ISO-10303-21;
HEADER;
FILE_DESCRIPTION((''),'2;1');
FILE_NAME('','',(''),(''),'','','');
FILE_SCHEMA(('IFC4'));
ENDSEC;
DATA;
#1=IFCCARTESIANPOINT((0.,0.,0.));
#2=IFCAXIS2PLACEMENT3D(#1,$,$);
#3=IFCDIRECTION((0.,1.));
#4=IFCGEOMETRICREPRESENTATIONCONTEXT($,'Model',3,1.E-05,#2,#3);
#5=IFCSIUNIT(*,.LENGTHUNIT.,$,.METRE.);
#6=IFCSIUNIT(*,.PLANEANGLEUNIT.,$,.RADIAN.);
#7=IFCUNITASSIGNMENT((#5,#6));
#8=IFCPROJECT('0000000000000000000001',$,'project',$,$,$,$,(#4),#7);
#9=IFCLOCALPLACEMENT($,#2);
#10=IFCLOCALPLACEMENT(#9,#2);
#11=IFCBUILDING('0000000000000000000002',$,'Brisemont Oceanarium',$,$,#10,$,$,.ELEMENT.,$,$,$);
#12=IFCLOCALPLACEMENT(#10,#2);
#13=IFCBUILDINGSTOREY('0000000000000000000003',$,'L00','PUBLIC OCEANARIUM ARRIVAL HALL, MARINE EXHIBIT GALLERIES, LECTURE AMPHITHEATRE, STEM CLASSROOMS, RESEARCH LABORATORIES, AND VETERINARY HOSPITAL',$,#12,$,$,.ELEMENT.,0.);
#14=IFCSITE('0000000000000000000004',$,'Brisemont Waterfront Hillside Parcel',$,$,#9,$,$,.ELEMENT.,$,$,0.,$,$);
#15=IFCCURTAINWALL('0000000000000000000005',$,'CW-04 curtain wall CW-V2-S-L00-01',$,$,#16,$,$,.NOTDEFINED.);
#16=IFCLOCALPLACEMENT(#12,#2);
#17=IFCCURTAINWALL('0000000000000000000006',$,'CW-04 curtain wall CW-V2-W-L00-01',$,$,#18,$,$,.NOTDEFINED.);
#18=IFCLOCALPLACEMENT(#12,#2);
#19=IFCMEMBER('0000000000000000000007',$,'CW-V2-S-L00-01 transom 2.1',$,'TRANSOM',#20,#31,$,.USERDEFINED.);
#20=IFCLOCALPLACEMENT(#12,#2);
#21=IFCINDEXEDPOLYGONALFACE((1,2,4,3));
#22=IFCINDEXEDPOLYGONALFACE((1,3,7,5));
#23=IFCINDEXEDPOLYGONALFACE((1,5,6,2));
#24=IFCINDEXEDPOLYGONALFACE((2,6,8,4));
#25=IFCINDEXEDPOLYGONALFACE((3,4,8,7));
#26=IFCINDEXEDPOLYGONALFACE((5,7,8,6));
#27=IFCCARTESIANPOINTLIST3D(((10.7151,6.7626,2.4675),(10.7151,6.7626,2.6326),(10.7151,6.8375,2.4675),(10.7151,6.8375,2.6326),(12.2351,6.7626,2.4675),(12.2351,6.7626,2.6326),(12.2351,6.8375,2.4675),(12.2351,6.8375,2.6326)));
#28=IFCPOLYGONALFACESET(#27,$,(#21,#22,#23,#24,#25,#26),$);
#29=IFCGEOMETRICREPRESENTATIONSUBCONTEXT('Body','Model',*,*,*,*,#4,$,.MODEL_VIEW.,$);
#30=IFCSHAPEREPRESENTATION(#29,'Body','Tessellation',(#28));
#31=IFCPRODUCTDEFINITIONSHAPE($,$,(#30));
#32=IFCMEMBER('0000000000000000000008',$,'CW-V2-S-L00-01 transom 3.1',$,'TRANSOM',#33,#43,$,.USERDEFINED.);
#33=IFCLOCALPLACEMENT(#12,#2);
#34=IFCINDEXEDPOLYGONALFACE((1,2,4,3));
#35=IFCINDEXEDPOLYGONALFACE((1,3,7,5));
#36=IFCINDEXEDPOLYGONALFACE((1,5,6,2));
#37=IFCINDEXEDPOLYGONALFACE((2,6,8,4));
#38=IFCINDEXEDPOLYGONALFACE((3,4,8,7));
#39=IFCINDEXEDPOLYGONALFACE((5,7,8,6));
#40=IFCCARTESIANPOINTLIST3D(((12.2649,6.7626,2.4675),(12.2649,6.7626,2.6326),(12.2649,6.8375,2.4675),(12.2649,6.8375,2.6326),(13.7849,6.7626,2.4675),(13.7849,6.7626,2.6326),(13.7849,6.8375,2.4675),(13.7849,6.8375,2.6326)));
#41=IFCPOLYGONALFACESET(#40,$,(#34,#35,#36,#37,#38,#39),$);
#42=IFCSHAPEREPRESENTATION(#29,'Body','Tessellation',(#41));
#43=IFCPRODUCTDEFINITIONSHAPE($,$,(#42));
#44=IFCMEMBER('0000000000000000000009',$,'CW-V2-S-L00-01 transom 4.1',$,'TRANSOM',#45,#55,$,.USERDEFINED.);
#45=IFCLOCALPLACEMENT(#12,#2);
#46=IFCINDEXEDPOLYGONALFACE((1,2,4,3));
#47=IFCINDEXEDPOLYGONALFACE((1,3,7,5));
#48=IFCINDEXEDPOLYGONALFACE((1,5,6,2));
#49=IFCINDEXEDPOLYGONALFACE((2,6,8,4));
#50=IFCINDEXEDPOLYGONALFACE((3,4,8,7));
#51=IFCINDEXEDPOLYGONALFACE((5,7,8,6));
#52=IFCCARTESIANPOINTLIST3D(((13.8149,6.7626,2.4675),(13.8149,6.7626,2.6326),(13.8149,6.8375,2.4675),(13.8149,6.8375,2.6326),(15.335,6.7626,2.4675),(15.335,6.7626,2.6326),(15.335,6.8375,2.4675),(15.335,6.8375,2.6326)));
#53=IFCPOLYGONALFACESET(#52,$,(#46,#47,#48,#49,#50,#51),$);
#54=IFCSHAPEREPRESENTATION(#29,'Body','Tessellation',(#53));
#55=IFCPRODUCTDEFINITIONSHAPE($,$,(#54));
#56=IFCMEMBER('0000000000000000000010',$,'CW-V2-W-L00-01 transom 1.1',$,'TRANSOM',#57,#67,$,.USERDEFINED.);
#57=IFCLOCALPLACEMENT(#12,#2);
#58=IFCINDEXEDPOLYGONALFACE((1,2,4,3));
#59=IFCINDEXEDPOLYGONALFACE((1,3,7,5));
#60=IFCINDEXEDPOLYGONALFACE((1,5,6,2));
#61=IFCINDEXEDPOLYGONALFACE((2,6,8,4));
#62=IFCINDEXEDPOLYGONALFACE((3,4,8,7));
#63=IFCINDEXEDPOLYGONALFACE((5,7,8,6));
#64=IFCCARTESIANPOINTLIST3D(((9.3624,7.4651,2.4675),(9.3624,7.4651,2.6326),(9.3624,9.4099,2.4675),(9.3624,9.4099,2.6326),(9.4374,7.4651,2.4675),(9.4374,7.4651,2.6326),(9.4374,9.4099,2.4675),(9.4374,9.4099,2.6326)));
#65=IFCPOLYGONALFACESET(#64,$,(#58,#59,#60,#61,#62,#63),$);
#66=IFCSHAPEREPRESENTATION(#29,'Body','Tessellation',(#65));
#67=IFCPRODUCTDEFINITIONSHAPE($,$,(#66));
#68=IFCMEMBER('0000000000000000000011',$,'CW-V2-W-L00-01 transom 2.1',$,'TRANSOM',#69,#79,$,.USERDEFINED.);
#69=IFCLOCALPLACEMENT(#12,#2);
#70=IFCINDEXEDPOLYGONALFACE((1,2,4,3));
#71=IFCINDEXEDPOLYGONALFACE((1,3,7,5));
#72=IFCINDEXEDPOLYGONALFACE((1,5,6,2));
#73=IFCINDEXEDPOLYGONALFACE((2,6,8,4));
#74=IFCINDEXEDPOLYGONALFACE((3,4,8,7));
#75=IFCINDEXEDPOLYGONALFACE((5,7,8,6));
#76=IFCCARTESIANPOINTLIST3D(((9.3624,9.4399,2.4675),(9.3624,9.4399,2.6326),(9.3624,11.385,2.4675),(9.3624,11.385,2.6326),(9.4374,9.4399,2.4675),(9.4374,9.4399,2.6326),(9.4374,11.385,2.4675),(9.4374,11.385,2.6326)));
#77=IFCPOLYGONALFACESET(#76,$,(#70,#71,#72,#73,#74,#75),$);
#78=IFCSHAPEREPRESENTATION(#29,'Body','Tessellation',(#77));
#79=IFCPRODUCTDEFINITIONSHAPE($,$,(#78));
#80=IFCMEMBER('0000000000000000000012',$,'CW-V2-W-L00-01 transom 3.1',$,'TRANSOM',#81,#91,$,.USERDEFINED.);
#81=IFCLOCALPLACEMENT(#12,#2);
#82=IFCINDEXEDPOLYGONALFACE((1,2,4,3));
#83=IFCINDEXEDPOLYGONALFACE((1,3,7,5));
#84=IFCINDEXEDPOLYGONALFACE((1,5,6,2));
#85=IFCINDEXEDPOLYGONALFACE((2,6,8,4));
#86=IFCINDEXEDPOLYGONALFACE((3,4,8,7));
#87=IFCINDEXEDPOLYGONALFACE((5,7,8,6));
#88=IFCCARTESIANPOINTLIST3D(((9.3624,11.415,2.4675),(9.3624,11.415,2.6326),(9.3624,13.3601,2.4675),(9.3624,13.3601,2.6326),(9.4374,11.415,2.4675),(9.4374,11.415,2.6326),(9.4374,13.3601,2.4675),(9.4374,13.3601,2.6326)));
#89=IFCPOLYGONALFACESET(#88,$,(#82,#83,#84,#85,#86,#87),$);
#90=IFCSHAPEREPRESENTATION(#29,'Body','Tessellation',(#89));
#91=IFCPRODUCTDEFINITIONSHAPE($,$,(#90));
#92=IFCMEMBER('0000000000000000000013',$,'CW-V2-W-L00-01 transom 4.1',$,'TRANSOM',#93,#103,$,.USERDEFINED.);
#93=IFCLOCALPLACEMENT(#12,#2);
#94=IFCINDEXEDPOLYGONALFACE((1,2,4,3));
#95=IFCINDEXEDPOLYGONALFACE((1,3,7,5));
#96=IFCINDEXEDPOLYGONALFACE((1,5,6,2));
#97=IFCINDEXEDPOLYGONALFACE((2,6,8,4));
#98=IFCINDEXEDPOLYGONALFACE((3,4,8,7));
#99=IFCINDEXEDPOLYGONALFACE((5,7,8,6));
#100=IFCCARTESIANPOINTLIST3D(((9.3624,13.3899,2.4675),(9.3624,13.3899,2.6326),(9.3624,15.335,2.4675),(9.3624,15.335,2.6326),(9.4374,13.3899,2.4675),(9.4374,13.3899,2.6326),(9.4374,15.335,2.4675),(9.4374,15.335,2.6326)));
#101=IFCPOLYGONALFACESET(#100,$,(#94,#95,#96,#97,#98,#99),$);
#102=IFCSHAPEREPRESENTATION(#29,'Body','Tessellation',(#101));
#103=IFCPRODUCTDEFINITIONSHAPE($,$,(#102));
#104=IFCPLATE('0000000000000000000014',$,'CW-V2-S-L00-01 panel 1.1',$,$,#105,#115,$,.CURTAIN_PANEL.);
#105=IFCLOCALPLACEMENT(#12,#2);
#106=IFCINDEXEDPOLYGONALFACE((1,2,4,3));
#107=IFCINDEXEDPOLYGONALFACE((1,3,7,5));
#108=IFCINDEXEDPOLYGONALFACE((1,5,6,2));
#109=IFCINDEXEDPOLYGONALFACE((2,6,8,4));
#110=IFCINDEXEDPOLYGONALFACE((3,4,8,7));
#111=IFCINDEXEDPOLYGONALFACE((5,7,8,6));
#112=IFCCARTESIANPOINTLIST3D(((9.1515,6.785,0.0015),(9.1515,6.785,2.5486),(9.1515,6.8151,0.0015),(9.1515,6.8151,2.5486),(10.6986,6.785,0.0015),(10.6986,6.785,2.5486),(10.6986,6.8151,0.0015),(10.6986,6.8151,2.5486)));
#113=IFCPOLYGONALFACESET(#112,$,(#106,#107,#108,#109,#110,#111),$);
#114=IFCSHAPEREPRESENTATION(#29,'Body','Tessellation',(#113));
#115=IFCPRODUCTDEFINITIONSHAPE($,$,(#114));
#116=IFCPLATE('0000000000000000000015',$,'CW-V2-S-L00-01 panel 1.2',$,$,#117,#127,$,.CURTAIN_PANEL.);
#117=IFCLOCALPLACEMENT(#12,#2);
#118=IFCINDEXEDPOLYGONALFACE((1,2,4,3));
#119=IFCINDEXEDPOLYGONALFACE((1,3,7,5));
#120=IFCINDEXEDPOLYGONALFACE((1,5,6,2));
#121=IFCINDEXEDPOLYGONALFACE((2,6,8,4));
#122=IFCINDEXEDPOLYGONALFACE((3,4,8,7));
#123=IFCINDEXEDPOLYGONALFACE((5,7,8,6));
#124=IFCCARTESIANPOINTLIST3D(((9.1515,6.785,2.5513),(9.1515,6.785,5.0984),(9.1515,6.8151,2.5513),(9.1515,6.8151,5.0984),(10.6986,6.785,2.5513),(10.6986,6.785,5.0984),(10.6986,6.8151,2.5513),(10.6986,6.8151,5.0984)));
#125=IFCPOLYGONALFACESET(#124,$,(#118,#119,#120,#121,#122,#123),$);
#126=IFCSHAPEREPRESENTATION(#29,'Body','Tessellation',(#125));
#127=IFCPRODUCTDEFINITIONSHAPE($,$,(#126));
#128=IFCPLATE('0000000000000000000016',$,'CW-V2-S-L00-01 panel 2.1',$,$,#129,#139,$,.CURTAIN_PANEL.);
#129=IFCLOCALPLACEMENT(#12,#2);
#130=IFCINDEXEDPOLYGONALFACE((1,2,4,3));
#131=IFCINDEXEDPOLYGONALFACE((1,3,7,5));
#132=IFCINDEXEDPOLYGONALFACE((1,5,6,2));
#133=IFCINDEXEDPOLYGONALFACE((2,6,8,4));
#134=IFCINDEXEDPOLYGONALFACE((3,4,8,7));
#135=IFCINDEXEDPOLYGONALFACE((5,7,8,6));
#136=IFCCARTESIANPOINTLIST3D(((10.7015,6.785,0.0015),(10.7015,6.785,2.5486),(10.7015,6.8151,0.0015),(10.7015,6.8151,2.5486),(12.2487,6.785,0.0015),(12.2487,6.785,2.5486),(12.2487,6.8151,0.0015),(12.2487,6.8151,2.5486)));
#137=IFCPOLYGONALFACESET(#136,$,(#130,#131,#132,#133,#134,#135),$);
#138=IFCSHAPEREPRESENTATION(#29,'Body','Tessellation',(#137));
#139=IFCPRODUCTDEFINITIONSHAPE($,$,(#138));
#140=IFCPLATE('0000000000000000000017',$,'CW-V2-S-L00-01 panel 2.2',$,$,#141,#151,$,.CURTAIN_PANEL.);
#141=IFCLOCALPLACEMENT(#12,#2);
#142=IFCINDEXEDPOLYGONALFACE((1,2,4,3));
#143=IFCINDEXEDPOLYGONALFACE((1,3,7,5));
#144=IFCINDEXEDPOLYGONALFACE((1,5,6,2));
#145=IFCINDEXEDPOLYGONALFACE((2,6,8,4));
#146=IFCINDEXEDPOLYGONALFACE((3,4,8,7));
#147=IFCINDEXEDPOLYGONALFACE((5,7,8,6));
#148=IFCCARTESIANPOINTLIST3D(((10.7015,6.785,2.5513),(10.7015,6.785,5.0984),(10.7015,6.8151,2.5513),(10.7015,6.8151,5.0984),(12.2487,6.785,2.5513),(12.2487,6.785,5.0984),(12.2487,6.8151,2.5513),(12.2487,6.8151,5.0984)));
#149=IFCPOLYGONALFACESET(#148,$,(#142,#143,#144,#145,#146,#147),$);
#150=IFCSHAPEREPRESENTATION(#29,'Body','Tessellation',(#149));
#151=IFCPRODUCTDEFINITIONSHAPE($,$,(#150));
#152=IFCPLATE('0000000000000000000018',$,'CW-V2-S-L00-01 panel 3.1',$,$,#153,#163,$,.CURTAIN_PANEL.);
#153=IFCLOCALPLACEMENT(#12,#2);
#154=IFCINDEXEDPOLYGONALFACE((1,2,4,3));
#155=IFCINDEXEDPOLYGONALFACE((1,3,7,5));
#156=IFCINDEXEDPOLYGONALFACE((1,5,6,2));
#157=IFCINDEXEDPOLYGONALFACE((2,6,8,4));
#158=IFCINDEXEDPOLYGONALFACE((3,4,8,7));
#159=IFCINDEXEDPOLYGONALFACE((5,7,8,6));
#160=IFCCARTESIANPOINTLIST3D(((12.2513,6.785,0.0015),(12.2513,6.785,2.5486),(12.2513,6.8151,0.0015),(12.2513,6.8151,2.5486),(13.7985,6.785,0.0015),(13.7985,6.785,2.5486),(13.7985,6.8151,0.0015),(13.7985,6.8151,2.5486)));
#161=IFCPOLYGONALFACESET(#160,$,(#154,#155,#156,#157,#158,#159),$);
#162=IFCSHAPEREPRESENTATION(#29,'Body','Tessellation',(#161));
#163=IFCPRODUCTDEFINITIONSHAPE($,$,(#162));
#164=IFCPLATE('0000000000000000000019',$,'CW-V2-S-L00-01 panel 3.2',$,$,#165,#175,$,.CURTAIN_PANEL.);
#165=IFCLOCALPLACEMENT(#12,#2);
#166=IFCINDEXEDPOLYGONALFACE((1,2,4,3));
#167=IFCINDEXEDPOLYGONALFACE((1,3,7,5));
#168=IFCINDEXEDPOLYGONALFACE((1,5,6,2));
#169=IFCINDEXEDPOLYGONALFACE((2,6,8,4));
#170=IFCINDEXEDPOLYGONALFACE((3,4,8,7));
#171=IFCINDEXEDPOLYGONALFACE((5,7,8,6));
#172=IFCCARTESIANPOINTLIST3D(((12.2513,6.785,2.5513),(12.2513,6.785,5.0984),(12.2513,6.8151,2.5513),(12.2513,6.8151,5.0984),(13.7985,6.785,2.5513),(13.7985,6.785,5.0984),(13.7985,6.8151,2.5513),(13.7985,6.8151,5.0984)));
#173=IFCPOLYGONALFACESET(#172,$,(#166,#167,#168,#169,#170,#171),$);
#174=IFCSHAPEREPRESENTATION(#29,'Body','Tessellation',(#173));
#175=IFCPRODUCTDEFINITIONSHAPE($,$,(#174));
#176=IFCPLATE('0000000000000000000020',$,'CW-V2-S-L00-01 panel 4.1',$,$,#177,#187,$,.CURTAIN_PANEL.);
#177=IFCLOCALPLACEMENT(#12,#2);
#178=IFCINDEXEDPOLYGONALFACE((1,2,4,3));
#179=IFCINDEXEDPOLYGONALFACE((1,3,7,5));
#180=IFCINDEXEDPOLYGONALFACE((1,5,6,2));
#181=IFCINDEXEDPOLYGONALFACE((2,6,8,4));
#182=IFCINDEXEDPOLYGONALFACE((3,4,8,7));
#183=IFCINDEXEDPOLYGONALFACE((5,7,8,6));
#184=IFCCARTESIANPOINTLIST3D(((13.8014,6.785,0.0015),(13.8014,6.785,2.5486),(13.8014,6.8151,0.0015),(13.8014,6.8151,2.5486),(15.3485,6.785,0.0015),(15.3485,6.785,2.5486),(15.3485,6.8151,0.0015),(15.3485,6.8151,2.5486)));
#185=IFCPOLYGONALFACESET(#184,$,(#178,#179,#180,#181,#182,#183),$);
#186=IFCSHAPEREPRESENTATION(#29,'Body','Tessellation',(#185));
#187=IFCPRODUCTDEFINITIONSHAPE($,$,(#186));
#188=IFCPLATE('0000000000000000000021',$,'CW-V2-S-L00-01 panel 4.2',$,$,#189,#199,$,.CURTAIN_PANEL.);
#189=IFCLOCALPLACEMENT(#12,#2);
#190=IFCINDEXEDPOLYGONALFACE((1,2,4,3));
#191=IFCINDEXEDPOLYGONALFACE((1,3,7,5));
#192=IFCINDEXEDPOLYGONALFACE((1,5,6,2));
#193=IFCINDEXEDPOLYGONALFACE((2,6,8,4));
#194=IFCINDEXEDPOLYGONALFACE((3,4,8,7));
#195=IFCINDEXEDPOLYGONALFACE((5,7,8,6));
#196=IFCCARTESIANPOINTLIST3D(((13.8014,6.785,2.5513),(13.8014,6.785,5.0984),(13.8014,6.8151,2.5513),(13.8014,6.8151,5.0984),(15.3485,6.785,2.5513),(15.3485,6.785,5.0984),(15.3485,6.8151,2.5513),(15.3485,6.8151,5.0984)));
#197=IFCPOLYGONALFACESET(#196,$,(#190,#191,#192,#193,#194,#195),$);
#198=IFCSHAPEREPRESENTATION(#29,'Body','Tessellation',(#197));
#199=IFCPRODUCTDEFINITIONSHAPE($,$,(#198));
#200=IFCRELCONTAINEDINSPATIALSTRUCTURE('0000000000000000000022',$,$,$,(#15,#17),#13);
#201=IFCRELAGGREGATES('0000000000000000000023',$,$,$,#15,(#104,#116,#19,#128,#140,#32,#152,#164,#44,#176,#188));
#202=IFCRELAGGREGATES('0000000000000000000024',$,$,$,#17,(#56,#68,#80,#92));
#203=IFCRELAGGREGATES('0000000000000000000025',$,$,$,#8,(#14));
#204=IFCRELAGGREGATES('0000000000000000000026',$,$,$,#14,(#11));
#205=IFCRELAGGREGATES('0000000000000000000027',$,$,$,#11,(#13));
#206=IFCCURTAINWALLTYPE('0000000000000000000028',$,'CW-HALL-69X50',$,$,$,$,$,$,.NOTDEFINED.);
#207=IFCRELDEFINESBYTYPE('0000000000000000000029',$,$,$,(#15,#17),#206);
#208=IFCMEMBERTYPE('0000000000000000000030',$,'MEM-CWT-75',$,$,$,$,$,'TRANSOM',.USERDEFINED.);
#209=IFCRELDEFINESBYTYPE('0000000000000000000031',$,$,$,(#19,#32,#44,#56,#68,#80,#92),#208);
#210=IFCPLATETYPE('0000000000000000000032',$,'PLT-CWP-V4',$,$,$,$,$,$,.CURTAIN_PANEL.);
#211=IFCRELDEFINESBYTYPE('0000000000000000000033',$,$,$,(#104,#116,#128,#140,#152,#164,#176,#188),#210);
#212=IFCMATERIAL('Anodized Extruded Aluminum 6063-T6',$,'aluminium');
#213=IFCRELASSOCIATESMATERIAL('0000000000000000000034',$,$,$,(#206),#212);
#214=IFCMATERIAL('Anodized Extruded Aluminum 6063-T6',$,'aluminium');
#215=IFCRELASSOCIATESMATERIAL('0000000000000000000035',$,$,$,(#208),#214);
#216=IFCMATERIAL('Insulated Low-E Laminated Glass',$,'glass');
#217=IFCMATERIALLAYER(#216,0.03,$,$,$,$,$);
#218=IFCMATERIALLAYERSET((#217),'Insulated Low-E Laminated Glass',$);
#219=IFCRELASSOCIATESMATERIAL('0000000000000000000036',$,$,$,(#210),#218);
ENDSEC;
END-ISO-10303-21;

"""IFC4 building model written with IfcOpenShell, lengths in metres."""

from ifc_helpers import new_model, si_unit, direction, frame, origin, origin_2d, place, context, subcontext, project, spatial, rectangle, extrude, material, layer, layer_set, material_profile, profile_set, type_object, element, aggregate, save


model = new_model("IFC4")

# Units and contexts
model_context = context("Model", 3, precision=1e-05, world=origin(), true_north=direction((0.0, 1.0)))
body_context = subcontext(model_context, "Body", "Model", "MODEL_VIEW")
ifc_project = project(units=[si_unit("LENGTHUNIT", "METRE"), si_unit("PLANEANGLEUNIT", "RADIAN")], contexts=[model_context])

# Site, building, storey
site_placement = place(None, origin())
site = spatial("IfcSite", under=ifc_project, at=site_placement, Name="Brisemont Waterfront Hillside Parcel", CompositionType="ELEMENT", RefElevation=0.0)
building_placement = place(site_placement, origin())
building = spatial("IfcBuilding", under=site, at=building_placement, Name="Brisemont Oceanarium", CompositionType="ELEMENT")
storey_placement = place(building_placement, origin())
storey = spatial("IfcBuildingStorey", under=building, at=storey_placement, Name="L00", Description="PUBLIC OCEANARIUM ARRIVAL HALL, MARINE EXHIBIT GALLERIES, LECTURE AMPHITHEATRE, STEM CLASSROOMS, RESEARCH LABORATORIES, AND VETERINARY HOSPITAL", CompositionType="ELEMENT", Elevation=0.0)

# Curtain walls
ifc_material_1 = material(Name="Anodized Extruded Aluminum 6063-T6", Category="aluminium")
curtain_wall_type = type_object("IfcCurtainWallType", Name="CW-HALL-69X50", PredefinedType="NOTDEFINED", material=ifc_material_1)
curtain_wall_1_placement = place(storey_placement, origin())
curtain_wall_1 = element("IfcCurtainWall", 1, at=curtain_wall_1_placement, inside=storey, type_object=curtain_wall_type, Name="CW-04 curtain wall CW-V2-S-L00-01", PredefinedType="NOTDEFINED")
curtain_wall_2_placement = place(storey_placement, origin())
curtain_wall_2 = element("IfcCurtainWall", 2, at=curtain_wall_2_placement, inside=storey, type_object=curtain_wall_type, Name="CW-04 curtain wall CW-V2-W-L00-01", PredefinedType="NOTDEFINED")

# Members
ifc_material_2 = material(Name="Anodized Extruded Aluminum 6063-T6", Category="aluminium")
ifc_material_profile_1 = material_profile(ifc_material_2, rectangle(XDim=0.075, YDim=0.165, at=origin_2d()), Name="CWT-75X165")
ifc_profile_set_1 = profile_set([ifc_material_profile_1], Name="Anodized Extruded Aluminum 6063-T6")
member_type_1 = type_object("IfcMemberType", Name="MEM-CWT-75", ElementType="TRANSOM", PredefinedType="USERDEFINED", material=ifc_profile_set_1)
member_1_placement = place(storey_placement, frame((10.7151, 6.8, 2.55), z_axis=(1.0, 0.0, 0.0), x_axis=(0.0, 1.0, 0.0)))
member_1 = element("IfcMember", 3, at=member_1_placement, type_object=member_type_1, Name="CW-V2-S-L00-01 transom 2.1", ObjectType="TRANSOM", PredefinedType="USERDEFINED", context=body_context, shape_type="SweptSolid", body=[
    extrude(rectangle(XDim=0.075, YDim=0.165, at=origin_2d()), origin(), (0.0, 0.0, 1.0), 1.52),
])
member_2_placement = place(storey_placement, frame((12.2649, 6.8, 2.55), z_axis=(1.0, 0.0, 0.0), x_axis=(0.0, 1.0, 0.0)))
member_2 = element("IfcMember", 4, at=member_2_placement, type_object=member_type_1, Name="CW-V2-S-L00-01 transom 3.1", ObjectType="TRANSOM", PredefinedType="USERDEFINED", context=body_context, shape_type="SweptSolid", body=[
    extrude(rectangle(XDim=0.075, YDim=0.165, at=origin_2d()), origin(), (0.0, 0.0, 1.0), 1.52),
])
member_3_placement = place(storey_placement, frame((13.8149, 6.8, 2.55), z_axis=(1.0, 0.0, 0.0), x_axis=(0.0, 1.0, 0.0)))
member_3 = element("IfcMember", 5, at=member_3_placement, type_object=member_type_1, Name="CW-V2-S-L00-01 transom 4.1", ObjectType="TRANSOM", PredefinedType="USERDEFINED", context=body_context, shape_type="SweptSolid", body=[
    extrude(rectangle(XDim=0.075, YDim=0.165, at=origin_2d()), origin(), (0.0, 0.0, 1.0), 1.52),
])
member_4_placement = place(storey_placement, frame((9.3999, 7.4651, 2.55), z_axis=(0.0, 1.0, 0.0), x_axis=(-1.0, 0.0, 0.0)))
member_4 = element("IfcMember", 6, at=member_4_placement, type_object=member_type_1, Name="CW-V2-W-L00-01 transom 1.1", ObjectType="TRANSOM", PredefinedType="USERDEFINED", context=body_context, shape_type="SweptSolid", body=[
    extrude(rectangle(XDim=0.075, YDim=0.165, at=origin_2d()), origin(), (0.0, 0.0, 1.0), 1.9448),
])
member_5_placement = place(storey_placement, frame((9.3999, 9.4399, 2.55), z_axis=(0.0, 1.0, 0.0), x_axis=(-1.0, 0.0, 0.0)))
member_5 = element("IfcMember", 7, at=member_5_placement, type_object=member_type_1, Name="CW-V2-W-L00-01 transom 2.1", ObjectType="TRANSOM", PredefinedType="USERDEFINED", context=body_context, shape_type="SweptSolid", body=[
    extrude(rectangle(XDim=0.075, YDim=0.165, at=origin_2d()), origin(), (0.0, 0.0, 1.0), 1.9451),
])
member_6_placement = place(storey_placement, frame((9.3999, 11.415, 2.55), z_axis=(0.0, 1.0, 0.0), x_axis=(-1.0, 0.0, 0.0)))
member_6 = element("IfcMember", 8, at=member_6_placement, type_object=member_type_1, Name="CW-V2-W-L00-01 transom 3.1", ObjectType="TRANSOM", PredefinedType="USERDEFINED", context=body_context, shape_type="SweptSolid", body=[
    extrude(rectangle(XDim=0.075, YDim=0.165, at=origin_2d()), origin(), (0.0, 0.0, 1.0), 1.9451),
])
member_7_placement = place(storey_placement, frame((9.3999, 13.3899, 2.55), z_axis=(0.0, 1.0, 0.0), x_axis=(-1.0, 0.0, 0.0)))
member_7 = element("IfcMember", 9, at=member_7_placement, type_object=member_type_1, Name="CW-V2-W-L00-01 transom 4.1", ObjectType="TRANSOM", PredefinedType="USERDEFINED", context=body_context, shape_type="SweptSolid", body=[
    extrude(rectangle(XDim=0.075, YDim=0.165, at=origin_2d()), origin(), (0.0, 0.0, 1.0), 1.9451),
])

# Plates
ifc_material_3 = material(Name="Insulated Low-E Laminated Glass", Category="glass")
ifc_layer = layer(ifc_material_3, 0.03)
ifc_layer_set = layer_set([ifc_layer], Name="Insulated Low-E Laminated Glass")
plate_type = type_object("IfcPlateType", Name="PLT-CWP-V4", PredefinedType="CURTAIN_PANEL", material=ifc_layer_set)
plate_1_placement = place(storey_placement, frame((9.925, 6.8, 0.0015), z_axis=(0.0, 0.0, 1.0), x_axis=(1.0, 0.0, 0.0)))
plate_1 = element("IfcPlate", 10, at=plate_1_placement, type_object=plate_type, Name="CW-V2-S-L00-01 panel 1.1", PredefinedType="CURTAIN_PANEL", context=body_context, shape_type="SweptSolid", body=[
    extrude(rectangle(XDim=1.5471, YDim=0.03, at=origin_2d()), origin(), (0.0, 0.0, 1.0), 2.5471),
])
plate_2_placement = place(storey_placement, frame((9.925, 6.8, 2.5513), z_axis=(0.0, 0.0, 1.0), x_axis=(1.0, 0.0, 0.0)))
plate_2 = element("IfcPlate", 11, at=plate_2_placement, type_object=plate_type, Name="CW-V2-S-L00-01 panel 1.2", PredefinedType="CURTAIN_PANEL", context=body_context, shape_type="SweptSolid", body=[
    extrude(rectangle(XDim=1.5471, YDim=0.03, at=origin_2d()), origin(), (0.0, 0.0, 1.0), 2.5471),
])
plate_3_placement = place(storey_placement, frame((11.4751, 6.8, 0.0015), z_axis=(0.0, 0.0, 1.0), x_axis=(1.0, 0.0, 0.0)))
plate_3 = element("IfcPlate", 12, at=plate_3_placement, type_object=plate_type, Name="CW-V2-S-L00-01 panel 2.1", PredefinedType="CURTAIN_PANEL", context=body_context, shape_type="SweptSolid", body=[
    extrude(rectangle(XDim=1.5471, YDim=0.03, at=origin_2d()), origin(), (0.0, 0.0, 1.0), 2.5471),
])
plate_4_placement = place(storey_placement, frame((11.4751, 6.8, 2.5513), z_axis=(0.0, 0.0, 1.0), x_axis=(1.0, 0.0, 0.0)))
plate_4 = element("IfcPlate", 13, at=plate_4_placement, type_object=plate_type, Name="CW-V2-S-L00-01 panel 2.2", PredefinedType="CURTAIN_PANEL", context=body_context, shape_type="SweptSolid", body=[
    extrude(rectangle(XDim=1.5471, YDim=0.03, at=origin_2d()), origin(), (0.0, 0.0, 1.0), 2.5471),
])
plate_5_placement = place(storey_placement, frame((13.0249, 6.8, 0.0015), z_axis=(0.0, 0.0, 1.0), x_axis=(1.0, 0.0, 0.0)))
plate_5 = element("IfcPlate", 14, at=plate_5_placement, type_object=plate_type, Name="CW-V2-S-L00-01 panel 3.1", PredefinedType="CURTAIN_PANEL", context=body_context, shape_type="SweptSolid", body=[
    extrude(rectangle(XDim=1.5471, YDim=0.03, at=origin_2d()), origin(), (0.0, 0.0, 1.0), 2.5471),
])
plate_6_placement = place(storey_placement, frame((13.0249, 6.8, 2.5513), z_axis=(0.0, 0.0, 1.0), x_axis=(1.0, 0.0, 0.0)))
plate_6 = element("IfcPlate", 15, at=plate_6_placement, type_object=plate_type, Name="CW-V2-S-L00-01 panel 3.2", PredefinedType="CURTAIN_PANEL", context=body_context, shape_type="SweptSolid", body=[
    extrude(rectangle(XDim=1.5471, YDim=0.03, at=origin_2d()), origin(), (0.0, 0.0, 1.0), 2.5471),
])
plate_7_placement = place(storey_placement, frame((14.575, 6.8, 0.0015), z_axis=(0.0, 0.0, 1.0), x_axis=(1.0, 0.0, 0.0)))
plate_7 = element("IfcPlate", 16, at=plate_7_placement, type_object=plate_type, Name="CW-V2-S-L00-01 panel 4.1", PredefinedType="CURTAIN_PANEL", context=body_context, shape_type="SweptSolid", body=[
    extrude(rectangle(XDim=1.5471, YDim=0.03, at=origin_2d()), origin(), (0.0, 0.0, 1.0), 2.5471),
])
plate_8_placement = place(storey_placement, frame((14.575, 6.8, 2.5513), z_axis=(0.0, 0.0, 1.0), x_axis=(1.0, 0.0, 0.0)))
plate_8 = element("IfcPlate", 17, at=plate_8_placement, type_object=plate_type, Name="CW-V2-S-L00-01 panel 4.2", PredefinedType="CURTAIN_PANEL", context=body_context, shape_type="SweptSolid", body=[
    extrude(rectangle(XDim=1.5471, YDim=0.03, at=origin_2d()), origin(), (0.0, 0.0, 1.0), 2.5471),
])
aggregate(curtain_wall_1, [plate_1, plate_2, member_1, plate_3, plate_4, member_2, plate_5, plate_6, member_3, plate_7, plate_8])
aggregate(curtain_wall_2, [member_4, member_5, member_6, member_7])

save(model, "model.ifc")
